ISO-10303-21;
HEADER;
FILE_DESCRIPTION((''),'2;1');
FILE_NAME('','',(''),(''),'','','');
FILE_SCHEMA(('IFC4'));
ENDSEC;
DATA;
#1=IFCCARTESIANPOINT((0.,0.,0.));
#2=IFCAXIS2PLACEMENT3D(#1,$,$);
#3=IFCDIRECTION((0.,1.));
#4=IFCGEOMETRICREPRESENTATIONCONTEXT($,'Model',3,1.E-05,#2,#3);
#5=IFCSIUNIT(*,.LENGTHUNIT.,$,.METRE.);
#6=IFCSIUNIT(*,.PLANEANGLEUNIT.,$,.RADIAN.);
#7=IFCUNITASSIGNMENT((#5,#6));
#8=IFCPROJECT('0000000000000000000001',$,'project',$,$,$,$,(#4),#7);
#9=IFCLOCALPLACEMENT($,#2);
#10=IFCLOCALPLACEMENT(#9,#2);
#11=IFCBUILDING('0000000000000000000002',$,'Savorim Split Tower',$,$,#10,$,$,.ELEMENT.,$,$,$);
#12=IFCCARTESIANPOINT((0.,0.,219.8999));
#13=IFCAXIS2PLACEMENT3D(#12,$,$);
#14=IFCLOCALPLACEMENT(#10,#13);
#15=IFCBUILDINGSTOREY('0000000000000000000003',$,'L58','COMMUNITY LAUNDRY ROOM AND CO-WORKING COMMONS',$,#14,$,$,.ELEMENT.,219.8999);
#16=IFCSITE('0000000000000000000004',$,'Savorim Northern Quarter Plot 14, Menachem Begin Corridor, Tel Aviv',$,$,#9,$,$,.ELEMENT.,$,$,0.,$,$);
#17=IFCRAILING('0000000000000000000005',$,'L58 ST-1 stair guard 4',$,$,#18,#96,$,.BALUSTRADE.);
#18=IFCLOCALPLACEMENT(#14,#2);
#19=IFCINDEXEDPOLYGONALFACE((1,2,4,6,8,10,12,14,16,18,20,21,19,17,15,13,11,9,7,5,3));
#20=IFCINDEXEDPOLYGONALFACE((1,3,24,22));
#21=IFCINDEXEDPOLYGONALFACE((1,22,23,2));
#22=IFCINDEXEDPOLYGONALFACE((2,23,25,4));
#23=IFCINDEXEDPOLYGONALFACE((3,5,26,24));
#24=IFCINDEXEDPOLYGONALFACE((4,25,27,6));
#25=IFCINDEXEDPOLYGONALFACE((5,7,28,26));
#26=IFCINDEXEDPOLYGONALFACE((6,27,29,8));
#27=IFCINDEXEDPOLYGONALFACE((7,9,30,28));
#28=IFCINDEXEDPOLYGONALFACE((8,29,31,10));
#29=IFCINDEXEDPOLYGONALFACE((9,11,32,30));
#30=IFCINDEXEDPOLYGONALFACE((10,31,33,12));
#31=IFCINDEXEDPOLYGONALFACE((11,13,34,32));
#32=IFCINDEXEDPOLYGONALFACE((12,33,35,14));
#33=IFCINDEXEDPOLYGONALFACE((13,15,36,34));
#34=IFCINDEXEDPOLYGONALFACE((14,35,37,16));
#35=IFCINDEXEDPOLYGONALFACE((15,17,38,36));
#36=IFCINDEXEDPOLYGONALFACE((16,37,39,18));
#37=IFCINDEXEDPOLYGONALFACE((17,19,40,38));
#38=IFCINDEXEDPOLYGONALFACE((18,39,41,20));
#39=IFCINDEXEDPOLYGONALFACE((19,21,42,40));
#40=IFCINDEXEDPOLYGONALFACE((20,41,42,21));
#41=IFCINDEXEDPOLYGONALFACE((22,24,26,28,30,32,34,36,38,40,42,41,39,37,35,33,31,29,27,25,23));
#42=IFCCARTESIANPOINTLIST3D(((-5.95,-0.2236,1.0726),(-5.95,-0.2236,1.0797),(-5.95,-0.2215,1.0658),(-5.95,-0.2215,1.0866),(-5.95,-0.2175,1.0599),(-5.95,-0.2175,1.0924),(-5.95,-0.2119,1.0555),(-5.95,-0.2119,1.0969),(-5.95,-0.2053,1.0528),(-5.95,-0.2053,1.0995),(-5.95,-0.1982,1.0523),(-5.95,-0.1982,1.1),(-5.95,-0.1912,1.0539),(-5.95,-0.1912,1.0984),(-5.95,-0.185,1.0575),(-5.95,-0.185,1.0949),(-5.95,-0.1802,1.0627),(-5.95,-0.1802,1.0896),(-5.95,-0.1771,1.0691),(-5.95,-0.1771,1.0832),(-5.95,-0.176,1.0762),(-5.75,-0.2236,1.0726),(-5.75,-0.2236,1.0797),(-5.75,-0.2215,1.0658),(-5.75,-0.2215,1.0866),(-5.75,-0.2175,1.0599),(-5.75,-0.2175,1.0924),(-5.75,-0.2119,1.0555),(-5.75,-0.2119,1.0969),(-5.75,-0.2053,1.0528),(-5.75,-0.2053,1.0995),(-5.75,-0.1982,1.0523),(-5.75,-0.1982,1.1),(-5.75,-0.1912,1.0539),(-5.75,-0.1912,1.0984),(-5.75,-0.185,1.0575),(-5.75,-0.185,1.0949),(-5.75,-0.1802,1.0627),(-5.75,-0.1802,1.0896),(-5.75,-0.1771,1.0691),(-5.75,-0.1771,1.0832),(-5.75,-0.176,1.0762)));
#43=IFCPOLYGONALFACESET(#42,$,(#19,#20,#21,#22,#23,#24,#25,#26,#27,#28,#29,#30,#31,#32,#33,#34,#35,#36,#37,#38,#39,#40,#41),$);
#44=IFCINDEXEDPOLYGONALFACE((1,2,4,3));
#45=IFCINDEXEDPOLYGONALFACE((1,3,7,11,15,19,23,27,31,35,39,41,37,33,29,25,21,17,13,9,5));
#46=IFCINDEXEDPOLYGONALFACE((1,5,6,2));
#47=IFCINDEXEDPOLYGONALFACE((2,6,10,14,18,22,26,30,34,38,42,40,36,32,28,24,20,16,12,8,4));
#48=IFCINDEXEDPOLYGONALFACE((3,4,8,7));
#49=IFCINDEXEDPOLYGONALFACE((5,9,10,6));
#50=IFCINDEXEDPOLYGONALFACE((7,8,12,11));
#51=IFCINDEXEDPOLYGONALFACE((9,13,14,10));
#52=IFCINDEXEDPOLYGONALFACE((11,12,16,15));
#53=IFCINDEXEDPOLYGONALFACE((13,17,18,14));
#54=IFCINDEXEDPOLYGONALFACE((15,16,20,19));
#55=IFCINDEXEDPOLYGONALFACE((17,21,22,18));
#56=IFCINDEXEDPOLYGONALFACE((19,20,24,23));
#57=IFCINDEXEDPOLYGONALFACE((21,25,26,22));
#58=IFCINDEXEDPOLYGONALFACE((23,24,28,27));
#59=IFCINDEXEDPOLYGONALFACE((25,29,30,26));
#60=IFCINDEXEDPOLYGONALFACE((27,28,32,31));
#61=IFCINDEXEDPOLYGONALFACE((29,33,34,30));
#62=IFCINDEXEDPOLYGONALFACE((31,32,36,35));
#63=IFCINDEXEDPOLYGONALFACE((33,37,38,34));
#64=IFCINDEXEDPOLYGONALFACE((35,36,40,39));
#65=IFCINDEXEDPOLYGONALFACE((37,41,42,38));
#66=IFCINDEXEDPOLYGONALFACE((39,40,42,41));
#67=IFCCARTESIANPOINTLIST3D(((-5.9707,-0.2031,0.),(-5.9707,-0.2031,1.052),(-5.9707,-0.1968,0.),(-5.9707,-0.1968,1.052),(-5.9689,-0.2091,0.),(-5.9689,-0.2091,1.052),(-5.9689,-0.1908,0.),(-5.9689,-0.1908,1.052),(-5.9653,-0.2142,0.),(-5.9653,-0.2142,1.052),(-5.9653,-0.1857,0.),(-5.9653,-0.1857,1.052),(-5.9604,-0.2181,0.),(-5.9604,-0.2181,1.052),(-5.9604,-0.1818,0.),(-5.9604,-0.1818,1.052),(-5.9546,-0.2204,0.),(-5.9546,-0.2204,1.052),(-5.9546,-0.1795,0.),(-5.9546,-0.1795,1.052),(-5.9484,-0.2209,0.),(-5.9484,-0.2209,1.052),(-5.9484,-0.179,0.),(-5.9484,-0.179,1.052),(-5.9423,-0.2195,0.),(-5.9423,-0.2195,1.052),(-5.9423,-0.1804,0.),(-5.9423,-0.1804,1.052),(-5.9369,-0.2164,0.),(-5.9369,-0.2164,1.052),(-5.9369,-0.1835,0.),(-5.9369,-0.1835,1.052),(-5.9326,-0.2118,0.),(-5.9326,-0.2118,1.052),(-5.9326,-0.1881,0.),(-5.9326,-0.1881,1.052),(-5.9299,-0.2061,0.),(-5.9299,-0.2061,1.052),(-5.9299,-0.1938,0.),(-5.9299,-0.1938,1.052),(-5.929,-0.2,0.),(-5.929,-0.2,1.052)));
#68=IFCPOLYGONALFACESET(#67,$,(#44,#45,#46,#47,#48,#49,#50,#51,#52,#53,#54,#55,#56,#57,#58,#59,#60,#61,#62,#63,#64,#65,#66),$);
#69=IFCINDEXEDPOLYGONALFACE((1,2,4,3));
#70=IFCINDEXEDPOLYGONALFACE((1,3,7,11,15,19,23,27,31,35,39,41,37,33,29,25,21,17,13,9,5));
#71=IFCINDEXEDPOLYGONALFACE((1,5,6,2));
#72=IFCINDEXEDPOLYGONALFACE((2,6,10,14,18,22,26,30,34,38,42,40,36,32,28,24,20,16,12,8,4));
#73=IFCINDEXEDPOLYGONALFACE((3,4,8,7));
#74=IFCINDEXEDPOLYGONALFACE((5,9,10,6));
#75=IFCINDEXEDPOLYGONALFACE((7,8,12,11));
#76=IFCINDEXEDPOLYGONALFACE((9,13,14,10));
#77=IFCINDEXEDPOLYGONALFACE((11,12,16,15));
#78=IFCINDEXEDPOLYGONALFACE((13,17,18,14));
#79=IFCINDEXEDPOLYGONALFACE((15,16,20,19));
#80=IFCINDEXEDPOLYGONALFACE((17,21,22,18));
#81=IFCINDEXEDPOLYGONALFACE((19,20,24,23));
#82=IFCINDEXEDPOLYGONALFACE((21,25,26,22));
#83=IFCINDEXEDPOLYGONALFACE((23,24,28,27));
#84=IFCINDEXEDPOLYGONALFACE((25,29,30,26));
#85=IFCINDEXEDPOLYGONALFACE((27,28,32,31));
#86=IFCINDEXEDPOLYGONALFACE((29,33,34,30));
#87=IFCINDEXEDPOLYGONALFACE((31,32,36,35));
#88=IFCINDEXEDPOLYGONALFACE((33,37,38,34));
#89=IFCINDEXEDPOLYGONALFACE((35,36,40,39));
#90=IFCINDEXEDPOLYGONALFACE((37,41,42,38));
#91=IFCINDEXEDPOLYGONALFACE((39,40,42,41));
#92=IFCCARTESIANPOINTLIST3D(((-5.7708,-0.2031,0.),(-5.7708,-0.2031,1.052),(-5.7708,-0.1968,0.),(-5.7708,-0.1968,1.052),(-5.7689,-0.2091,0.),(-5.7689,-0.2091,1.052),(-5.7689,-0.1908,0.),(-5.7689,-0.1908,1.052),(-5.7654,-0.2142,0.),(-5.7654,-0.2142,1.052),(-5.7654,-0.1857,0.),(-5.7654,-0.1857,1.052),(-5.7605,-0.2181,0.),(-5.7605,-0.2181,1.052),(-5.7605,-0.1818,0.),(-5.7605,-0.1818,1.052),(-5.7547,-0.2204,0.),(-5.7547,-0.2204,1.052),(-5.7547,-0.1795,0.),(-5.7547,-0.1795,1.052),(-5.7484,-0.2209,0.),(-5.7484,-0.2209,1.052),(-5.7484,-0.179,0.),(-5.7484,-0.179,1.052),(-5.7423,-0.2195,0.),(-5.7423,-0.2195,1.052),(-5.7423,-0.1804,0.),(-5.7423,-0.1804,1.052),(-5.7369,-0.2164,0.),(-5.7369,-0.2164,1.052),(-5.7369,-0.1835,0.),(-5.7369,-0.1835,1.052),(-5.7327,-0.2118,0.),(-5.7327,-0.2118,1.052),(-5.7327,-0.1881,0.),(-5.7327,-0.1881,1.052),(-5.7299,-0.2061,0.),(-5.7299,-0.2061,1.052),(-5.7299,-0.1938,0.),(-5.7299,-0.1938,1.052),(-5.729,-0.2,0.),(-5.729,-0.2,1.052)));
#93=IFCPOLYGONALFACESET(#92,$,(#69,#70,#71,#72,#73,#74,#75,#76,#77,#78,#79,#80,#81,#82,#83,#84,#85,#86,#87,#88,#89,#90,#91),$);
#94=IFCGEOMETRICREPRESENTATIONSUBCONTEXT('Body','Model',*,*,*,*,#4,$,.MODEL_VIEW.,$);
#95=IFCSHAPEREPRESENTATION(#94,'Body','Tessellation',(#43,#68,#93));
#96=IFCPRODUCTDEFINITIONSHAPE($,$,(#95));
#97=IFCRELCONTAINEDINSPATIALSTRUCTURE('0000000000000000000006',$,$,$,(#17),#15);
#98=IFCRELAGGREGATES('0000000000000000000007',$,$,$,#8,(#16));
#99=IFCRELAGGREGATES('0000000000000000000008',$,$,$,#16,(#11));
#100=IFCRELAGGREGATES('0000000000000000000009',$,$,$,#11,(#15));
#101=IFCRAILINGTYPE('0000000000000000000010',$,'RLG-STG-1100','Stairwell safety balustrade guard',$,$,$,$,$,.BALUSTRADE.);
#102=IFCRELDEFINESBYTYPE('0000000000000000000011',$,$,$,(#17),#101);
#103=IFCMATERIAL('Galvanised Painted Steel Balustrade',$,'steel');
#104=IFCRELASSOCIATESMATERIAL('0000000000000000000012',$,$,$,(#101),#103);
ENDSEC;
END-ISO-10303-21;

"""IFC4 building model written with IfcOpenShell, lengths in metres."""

from ifc_helpers import new_model, si_unit, direction, frame, origin, origin_2d, place, context, subcontext, project, spatial, circle, extrude, material, type_object, element, save


model = new_model("IFC4")

# Units and contexts
model_context = context("Model", 3, precision=1e-05, world=origin(), true_north=direction((0.0, 1.0)))
body_context = subcontext(model_context, "Body", "Model", "MODEL_VIEW")
ifc_project = project(units=[si_unit("LENGTHUNIT", "METRE"), si_unit("PLANEANGLEUNIT", "RADIAN")], contexts=[model_context])

# Site, building, storey
site_placement = place(None, origin())
site = spatial("IfcSite", under=ifc_project, at=site_placement, Name="Savorim Northern Quarter Plot 14, Menachem Begin Corridor, Tel Aviv", CompositionType="ELEMENT", RefElevation=0.0)
building_placement = place(site_placement, origin())
building = spatial("IfcBuilding", under=site, at=building_placement, Name="Savorim Split Tower", CompositionType="ELEMENT")
storey_placement = place(building_placement, frame((0.0, 0.0, 219.8999)))
storey = spatial("IfcBuildingStorey", under=building, at=storey_placement, Name="L58", Description="COMMUNITY LAUNDRY ROOM AND CO-WORKING COMMONS", CompositionType="ELEMENT", Elevation=219.8999)

# Railing
ifc_material_1 = material(Name="Galvanised Painted Steel Balustrade", Category="steel")
railing_type_1 = type_object("IfcRailingType", Name="RLG-STG-1100", Description="Stairwell safety balustrade guard", PredefinedType="BALUSTRADE", material=ifc_material_1)
railing_1_placement = place(storey_placement, frame((-5.95, -0.2, 0.0)))
element("IfcRailing", 1, at=railing_1_placement, inside=storey, type_object=railing_type_1, Name="L58 ST-1 stair guard 4", PredefinedType="BALUSTRADE", context=body_context, shape_type="SweptSolid", body=[
    extrude(circle(Radius=0.0239, at=origin_2d()), frame((0.0, 0.0, 1.0762), z_axis=(1.0, 0.0, 0.0), x_axis=(0.0, 1.0, 0.0)), (0.0, 0.0, 1.0), 0.2),
    extrude(circle(Radius=0.021, at=origin_2d()), origin(), (0.0, 0.0, 1.0), 1.052),
    extrude(circle(Radius=0.021, at=origin_2d()), frame((0.2, 0.0, 0.0)), (0.0, 0.0, 1.0), 1.052),
])

save(model, "model.ifc")
